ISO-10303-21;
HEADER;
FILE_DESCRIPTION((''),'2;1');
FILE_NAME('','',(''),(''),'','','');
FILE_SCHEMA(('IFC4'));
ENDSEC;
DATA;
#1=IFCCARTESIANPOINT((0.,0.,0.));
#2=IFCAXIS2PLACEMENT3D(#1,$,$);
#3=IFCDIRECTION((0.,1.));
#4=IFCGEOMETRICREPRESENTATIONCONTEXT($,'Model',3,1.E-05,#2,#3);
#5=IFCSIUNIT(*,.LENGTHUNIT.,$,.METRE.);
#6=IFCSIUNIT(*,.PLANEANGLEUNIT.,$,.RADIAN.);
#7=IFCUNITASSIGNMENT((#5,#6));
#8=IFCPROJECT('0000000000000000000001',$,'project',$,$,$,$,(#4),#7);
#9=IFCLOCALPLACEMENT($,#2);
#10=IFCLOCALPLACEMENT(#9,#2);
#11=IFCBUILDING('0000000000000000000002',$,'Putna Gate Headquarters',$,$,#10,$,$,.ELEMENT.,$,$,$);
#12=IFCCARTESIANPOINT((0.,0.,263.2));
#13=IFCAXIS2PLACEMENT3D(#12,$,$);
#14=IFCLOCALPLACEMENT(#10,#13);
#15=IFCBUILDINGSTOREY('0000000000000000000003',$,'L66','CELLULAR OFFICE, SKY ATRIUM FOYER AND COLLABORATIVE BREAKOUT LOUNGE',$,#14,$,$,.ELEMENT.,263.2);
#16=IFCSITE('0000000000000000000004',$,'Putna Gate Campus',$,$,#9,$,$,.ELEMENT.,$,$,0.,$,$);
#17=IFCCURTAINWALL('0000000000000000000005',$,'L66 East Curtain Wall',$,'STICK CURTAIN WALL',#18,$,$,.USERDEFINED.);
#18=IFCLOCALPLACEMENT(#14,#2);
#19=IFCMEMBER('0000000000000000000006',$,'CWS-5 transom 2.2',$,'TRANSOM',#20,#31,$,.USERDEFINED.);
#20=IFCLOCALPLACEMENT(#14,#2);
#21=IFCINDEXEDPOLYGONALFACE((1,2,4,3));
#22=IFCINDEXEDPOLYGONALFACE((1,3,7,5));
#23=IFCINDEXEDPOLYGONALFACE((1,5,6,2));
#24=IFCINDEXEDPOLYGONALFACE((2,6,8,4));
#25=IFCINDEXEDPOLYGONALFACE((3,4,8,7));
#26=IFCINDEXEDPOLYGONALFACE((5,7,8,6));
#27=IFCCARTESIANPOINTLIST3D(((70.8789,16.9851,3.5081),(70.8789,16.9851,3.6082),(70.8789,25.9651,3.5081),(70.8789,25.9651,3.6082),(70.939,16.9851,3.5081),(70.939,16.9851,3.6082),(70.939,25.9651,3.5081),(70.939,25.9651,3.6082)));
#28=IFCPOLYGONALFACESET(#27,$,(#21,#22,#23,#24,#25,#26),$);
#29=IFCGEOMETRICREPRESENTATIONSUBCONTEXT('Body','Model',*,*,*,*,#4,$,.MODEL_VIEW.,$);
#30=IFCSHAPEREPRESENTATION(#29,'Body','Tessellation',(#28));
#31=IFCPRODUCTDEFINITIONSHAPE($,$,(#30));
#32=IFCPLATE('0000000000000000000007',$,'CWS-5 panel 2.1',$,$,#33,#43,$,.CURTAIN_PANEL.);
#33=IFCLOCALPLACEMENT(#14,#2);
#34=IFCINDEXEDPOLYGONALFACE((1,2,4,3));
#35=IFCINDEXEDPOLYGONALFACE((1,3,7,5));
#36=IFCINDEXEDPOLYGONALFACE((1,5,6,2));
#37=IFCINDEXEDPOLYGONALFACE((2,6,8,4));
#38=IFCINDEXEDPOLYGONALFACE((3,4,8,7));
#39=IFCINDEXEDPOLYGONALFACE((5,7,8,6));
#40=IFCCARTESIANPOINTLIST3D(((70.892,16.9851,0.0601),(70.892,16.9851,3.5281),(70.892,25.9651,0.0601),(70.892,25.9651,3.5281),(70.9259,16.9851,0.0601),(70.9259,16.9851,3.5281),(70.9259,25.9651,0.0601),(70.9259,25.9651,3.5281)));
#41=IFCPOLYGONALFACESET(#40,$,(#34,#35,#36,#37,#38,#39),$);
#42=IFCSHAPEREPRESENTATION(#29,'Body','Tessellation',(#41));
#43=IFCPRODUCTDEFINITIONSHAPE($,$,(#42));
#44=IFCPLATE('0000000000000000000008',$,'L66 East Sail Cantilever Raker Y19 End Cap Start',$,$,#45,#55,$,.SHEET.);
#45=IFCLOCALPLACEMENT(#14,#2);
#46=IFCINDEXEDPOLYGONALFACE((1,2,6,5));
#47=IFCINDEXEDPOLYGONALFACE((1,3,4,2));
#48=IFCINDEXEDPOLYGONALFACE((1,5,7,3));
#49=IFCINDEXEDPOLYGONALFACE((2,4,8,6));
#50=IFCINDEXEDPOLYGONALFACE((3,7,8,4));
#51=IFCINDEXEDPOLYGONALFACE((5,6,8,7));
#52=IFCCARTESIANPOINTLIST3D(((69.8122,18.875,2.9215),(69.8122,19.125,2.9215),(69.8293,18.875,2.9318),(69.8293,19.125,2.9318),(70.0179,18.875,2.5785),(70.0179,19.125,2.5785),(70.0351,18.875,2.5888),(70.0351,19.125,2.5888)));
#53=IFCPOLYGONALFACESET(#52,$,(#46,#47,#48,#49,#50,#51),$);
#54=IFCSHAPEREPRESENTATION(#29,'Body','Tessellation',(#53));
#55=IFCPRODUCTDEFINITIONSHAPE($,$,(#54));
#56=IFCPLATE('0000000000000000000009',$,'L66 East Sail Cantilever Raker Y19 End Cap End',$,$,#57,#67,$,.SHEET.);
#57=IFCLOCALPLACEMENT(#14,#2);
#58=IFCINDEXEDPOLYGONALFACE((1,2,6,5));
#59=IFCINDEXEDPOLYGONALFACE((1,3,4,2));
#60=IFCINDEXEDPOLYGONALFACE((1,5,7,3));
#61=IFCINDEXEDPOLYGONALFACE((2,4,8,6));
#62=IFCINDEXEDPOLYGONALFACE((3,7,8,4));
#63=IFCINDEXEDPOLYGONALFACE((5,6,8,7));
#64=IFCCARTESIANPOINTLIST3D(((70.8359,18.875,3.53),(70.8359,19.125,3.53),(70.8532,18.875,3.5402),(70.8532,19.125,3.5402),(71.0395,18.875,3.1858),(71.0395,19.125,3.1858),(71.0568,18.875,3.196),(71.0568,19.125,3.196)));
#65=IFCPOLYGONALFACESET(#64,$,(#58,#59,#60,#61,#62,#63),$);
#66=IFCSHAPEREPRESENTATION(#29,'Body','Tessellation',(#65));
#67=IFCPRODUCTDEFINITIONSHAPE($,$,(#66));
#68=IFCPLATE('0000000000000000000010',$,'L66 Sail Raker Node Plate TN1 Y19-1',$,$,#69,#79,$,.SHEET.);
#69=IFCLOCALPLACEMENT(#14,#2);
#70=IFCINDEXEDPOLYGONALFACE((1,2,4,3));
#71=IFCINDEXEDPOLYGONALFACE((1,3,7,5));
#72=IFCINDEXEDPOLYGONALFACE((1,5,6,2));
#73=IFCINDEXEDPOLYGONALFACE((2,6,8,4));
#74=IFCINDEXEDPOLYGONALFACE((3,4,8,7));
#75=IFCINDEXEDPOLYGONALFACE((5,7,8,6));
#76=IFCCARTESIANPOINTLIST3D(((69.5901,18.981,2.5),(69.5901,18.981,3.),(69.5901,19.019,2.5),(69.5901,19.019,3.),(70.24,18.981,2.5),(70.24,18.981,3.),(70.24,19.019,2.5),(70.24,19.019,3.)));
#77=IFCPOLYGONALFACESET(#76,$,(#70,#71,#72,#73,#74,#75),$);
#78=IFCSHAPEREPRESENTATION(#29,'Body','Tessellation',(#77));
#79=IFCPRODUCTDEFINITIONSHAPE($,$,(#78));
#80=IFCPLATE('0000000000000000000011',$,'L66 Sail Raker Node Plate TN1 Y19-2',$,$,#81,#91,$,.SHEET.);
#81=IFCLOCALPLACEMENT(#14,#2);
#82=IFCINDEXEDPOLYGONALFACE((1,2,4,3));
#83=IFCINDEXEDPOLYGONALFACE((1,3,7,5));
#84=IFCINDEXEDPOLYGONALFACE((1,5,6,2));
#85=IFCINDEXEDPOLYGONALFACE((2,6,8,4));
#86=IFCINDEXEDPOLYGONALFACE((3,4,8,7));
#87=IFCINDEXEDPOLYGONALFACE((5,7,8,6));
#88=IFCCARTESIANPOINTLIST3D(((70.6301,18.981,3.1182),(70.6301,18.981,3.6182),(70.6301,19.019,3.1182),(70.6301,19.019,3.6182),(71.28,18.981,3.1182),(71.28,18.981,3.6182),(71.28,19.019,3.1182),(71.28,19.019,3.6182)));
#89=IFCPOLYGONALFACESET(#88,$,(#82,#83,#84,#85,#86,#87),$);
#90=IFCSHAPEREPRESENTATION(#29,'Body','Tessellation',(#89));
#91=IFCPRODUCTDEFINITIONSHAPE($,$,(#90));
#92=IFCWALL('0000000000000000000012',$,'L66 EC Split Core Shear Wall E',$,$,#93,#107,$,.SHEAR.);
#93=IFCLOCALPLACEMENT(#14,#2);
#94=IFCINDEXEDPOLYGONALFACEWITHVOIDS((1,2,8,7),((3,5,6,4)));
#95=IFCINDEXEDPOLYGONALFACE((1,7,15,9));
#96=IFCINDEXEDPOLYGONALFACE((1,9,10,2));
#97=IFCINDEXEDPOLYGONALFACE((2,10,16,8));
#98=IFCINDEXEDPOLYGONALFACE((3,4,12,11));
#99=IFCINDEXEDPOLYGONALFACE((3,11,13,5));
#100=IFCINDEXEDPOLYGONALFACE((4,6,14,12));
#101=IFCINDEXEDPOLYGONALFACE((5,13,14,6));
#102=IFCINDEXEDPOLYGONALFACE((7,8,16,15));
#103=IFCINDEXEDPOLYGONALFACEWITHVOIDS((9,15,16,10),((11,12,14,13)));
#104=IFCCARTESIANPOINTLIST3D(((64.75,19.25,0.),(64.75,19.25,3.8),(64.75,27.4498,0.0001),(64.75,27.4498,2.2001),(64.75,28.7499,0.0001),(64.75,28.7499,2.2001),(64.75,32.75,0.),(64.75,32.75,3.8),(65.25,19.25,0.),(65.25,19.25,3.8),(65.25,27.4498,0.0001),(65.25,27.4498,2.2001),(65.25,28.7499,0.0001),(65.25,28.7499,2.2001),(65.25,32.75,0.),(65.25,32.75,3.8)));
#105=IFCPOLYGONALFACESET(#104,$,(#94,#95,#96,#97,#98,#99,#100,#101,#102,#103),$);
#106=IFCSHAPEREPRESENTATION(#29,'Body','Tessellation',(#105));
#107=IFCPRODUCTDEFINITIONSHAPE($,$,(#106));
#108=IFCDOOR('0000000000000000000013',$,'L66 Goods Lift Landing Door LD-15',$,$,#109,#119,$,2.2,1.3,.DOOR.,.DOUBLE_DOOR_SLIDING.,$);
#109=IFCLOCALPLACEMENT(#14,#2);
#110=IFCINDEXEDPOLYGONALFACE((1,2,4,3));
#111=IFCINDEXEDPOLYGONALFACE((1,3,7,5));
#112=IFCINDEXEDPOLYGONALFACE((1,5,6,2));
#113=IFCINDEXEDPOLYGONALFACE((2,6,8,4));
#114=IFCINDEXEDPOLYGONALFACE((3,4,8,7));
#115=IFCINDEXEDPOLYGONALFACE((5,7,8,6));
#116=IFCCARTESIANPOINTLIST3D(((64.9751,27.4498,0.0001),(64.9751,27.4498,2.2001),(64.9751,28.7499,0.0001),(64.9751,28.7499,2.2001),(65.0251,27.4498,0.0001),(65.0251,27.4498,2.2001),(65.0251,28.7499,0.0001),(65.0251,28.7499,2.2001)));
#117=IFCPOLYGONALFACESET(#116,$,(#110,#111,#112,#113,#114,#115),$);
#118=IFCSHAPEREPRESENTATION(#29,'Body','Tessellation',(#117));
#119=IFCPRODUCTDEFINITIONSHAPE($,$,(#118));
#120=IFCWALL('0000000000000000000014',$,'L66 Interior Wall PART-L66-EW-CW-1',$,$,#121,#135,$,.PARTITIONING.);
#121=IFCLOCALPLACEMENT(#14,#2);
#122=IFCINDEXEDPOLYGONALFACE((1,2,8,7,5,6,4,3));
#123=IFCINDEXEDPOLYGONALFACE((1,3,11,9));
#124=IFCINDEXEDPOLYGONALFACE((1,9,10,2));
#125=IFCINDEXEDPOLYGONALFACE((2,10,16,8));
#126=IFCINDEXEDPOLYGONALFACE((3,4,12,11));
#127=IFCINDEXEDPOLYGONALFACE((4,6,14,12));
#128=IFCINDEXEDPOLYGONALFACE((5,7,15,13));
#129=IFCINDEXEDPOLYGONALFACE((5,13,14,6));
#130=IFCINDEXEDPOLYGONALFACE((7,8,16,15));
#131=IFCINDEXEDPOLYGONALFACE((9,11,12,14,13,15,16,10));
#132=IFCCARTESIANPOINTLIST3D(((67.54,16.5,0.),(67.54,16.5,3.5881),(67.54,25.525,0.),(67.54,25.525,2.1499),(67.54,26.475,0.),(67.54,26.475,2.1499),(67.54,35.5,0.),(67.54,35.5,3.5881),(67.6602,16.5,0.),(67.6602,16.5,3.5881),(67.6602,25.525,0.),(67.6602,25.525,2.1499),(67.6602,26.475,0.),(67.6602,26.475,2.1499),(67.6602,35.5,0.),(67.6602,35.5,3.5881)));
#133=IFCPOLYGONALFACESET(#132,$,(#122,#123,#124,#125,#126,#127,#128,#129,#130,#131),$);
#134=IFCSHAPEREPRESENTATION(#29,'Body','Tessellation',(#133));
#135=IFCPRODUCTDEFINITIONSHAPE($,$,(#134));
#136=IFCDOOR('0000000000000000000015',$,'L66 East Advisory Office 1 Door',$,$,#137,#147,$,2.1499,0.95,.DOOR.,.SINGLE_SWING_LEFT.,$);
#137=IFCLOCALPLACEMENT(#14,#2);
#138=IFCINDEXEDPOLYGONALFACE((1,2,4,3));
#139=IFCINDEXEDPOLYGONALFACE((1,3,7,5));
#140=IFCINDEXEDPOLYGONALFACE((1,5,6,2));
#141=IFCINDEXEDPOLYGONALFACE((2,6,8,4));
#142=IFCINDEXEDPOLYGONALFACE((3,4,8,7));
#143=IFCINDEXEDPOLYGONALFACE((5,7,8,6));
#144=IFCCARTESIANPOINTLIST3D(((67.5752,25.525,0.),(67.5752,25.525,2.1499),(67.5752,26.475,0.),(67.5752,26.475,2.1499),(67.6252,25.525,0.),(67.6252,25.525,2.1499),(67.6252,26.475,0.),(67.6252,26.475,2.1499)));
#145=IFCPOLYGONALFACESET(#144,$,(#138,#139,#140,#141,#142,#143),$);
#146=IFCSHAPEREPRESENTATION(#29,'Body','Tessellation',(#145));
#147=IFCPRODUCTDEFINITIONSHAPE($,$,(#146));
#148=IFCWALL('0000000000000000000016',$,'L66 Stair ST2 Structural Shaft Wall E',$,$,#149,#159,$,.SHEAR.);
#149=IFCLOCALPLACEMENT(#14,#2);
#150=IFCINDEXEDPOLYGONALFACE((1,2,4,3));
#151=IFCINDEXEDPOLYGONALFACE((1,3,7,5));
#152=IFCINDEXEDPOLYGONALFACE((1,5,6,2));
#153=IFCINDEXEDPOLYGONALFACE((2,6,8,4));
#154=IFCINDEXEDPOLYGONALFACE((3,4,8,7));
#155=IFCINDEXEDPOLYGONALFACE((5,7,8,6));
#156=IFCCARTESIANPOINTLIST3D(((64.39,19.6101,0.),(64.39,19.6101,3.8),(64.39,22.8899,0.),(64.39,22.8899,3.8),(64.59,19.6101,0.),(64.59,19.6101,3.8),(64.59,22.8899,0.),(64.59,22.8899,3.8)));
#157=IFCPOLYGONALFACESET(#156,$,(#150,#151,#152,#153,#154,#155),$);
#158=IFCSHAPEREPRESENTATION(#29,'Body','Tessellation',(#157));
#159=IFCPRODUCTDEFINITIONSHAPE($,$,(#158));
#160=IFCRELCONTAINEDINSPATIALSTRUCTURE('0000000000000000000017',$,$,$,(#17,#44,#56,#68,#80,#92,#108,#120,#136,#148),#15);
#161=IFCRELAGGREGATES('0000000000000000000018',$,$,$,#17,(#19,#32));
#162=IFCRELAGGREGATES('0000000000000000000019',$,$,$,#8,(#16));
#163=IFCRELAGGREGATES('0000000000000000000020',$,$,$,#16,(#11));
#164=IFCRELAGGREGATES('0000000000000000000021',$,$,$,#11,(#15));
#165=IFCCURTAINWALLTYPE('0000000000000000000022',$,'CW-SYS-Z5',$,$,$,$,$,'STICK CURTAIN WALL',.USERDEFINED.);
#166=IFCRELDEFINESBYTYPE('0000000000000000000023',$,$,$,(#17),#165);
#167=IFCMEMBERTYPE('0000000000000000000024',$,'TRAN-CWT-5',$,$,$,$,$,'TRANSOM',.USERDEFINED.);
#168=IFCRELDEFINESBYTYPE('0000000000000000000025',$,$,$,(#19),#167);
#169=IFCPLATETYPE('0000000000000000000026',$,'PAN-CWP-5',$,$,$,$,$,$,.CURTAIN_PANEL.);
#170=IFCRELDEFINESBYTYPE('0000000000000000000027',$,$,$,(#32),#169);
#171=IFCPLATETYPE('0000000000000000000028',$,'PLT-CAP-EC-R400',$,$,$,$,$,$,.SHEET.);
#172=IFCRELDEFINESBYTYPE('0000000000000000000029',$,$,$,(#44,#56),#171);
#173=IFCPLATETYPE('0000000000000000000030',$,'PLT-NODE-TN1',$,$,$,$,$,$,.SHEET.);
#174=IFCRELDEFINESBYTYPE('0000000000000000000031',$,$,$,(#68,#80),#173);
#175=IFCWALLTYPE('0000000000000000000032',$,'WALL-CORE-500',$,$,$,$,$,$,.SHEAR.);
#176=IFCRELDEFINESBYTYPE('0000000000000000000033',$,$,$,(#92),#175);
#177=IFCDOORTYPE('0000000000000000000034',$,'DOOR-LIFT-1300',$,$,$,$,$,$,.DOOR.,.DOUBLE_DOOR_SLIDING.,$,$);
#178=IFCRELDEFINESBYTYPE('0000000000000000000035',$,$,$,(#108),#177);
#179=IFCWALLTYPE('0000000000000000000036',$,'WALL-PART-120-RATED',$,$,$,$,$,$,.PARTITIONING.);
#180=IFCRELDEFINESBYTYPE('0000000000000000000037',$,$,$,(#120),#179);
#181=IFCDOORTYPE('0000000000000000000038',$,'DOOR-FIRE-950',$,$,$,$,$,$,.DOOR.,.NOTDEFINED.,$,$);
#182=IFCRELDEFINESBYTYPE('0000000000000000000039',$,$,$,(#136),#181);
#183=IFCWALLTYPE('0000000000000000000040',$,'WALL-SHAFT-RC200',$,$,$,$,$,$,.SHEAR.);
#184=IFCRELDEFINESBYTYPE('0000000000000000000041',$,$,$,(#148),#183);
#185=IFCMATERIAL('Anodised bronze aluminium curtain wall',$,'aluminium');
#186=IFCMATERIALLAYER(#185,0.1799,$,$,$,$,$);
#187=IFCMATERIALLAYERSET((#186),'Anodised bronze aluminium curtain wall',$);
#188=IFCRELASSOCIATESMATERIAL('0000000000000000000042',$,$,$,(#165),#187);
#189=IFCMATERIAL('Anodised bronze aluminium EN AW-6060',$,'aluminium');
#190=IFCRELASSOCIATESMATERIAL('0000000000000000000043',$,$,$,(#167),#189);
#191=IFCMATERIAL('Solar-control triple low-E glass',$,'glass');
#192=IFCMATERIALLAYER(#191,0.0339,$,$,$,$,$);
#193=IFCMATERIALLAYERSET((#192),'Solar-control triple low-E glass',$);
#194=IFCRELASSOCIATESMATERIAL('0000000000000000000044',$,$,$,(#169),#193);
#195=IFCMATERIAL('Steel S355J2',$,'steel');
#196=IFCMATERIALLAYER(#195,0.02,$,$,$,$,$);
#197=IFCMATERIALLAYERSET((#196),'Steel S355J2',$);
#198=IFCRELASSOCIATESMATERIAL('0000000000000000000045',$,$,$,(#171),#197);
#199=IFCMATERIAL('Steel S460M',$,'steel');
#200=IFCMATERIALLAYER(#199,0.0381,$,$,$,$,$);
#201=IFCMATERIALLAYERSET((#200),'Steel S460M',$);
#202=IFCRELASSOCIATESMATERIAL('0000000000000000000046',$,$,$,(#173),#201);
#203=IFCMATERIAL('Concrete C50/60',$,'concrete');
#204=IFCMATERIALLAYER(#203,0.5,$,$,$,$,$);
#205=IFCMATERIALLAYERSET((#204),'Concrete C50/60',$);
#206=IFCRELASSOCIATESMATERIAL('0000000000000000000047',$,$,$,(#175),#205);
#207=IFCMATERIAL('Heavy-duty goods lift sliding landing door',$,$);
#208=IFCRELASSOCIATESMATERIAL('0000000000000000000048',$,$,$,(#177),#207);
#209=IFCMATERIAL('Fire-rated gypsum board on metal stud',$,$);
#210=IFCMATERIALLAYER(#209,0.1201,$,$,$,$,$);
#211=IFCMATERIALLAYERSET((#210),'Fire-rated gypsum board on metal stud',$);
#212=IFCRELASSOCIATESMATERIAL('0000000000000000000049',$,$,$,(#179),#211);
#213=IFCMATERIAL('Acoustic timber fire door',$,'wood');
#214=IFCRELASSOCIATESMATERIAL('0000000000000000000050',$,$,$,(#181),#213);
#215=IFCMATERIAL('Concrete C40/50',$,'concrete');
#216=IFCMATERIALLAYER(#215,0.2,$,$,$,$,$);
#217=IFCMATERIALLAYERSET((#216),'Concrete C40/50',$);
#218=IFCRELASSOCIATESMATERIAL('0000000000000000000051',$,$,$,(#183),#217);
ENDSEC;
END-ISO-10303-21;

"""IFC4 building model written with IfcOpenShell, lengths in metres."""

from ifc_helpers import new_model, si_unit, direction, frame, frame_2d, origin, origin_2d, place, context, subcontext, project, spatial, rectangle, extrude, material, layer, layer_set, material_profile, profile_set, type_object, element, fill, aggregate, save


model = new_model("IFC4")

# Units and contexts
model_context = context("Model", 3, precision=1e-05, world=origin(), true_north=direction((0.0, 1.0)))
body_context = subcontext(model_context, "Body", "Model", "MODEL_VIEW")
ifc_project = project(units=[si_unit("LENGTHUNIT", "METRE"), si_unit("PLANEANGLEUNIT", "RADIAN")], contexts=[model_context])

# Site, building, storey
site_placement = place(None, origin())
site = spatial("IfcSite", under=ifc_project, at=site_placement, Name="Putna Gate Campus", CompositionType="ELEMENT", RefElevation=0.0)
building_placement = place(site_placement, origin())
building = spatial("IfcBuilding", under=site, at=building_placement, Name="Putna Gate Headquarters", CompositionType="ELEMENT")
storey_placement = place(building_placement, frame((0.0, 0.0, 263.2)))
storey = spatial("IfcBuildingStorey", under=building, at=storey_placement, Name="L66", Description="CELLULAR OFFICE, SKY ATRIUM FOYER AND COLLABORATIVE BREAKOUT LOUNGE", CompositionType="ELEMENT", Elevation=263.2)

# Shared definitions
ifc_material_1 = material(Name="Steel S460M", Category="steel")

# Shared definitions
ifc_material_2 = material(Name="Steel S355J2", Category="steel")

# Curtain wall, member, plate
ifc_material_3 = material(Name="Anodised bronze aluminium curtain wall", Category="aluminium")
ifc_layer_1 = layer(ifc_material_3, 0.1799)
ifc_layer_set_1 = layer_set([ifc_layer_1], Name="Anodised bronze aluminium curtain wall")
curtain_wall_type = type_object("IfcCurtainWallType", Name="CW-SYS-Z5", ElementType="STICK CURTAIN WALL", PredefinedType="USERDEFINED", material=ifc_layer_set_1)
curtain_wall_placement = place(storey_placement, origin())
curtain_wall = element("IfcCurtainWall", 1, at=curtain_wall_placement, inside=storey, type_object=curtain_wall_type, Name="L66 East Curtain Wall", ObjectType="STICK CURTAIN WALL", PredefinedType="USERDEFINED")
ifc_material_4 = material(Name="Anodised bronze aluminium EN AW-6060", Category="aluminium")
ifc_material_profile_1 = material_profile(ifc_material_4, rectangle(XDim=0.0601, YDim=0.1001, at=origin_2d()), Name="Anodised bronze aluminium EN AW-6060")
ifc_profile_set_1 = profile_set([ifc_material_profile_1], Name="Anodised bronze aluminium EN AW-6060")
member_type_1 = type_object("IfcMemberType", Name="TRAN-CWT-5", ElementType="TRANSOM", PredefinedType="USERDEFINED", material=ifc_profile_set_1)
member_1_placement = place(storey_placement, frame((70.9089, 16.9851, 3.5581), z_axis=(0.0, 1.0, 0.0), x_axis=(-1.0, 0.0, 0.0)))
member_1 = element("IfcMember", 2, at=member_1_placement, type_object=member_type_1, Name="CWS-5 transom 2.2", ObjectType="TRANSOM", PredefinedType="USERDEFINED", context=body_context, shape_type="SweptSolid", body=[
    extrude(rectangle(XDim=0.0601, YDim=0.1001, at=origin_2d()), origin(), (0.0, 0.0, 1.0), 8.98),
])
ifc_material_5 = material(Name="Solar-control triple low-E glass", Category="glass")
ifc_layer_2 = layer(ifc_material_5, 0.0339)
ifc_layer_set_2 = layer_set([ifc_layer_2], Name="Solar-control triple low-E glass")
plate_type_1 = type_object("IfcPlateType", Name="PAN-CWP-5", PredefinedType="CURTAIN_PANEL", material=ifc_layer_set_2)
plate_placement = place(storey_placement, frame((70.9089, 21.4751, 0.0601), z_axis=(0.0, 0.0, 1.0), x_axis=(0.0, 1.0, 0.0)))
plate = element("IfcPlate", 3, at=plate_placement, type_object=plate_type_1, Name="CWS-5 panel 2.1", PredefinedType="CURTAIN_PANEL", context=body_context, shape_type="SweptSolid", body=[
    extrude(rectangle(XDim=8.98, YDim=0.0339, at=origin_2d()), origin(), (0.0, 0.0, 1.0), 3.468),
])
aggregate(curtain_wall, [member_1, plate])

# Plates
ifc_layer_3 = layer(ifc_material_2, 0.02)
ifc_layer_set_3 = layer_set([ifc_layer_3], Name="Steel S355J2")
plate_type_2 = type_object("IfcPlateType", Name="PLT-CAP-EC-R400", PredefinedType="SHEET", material=ifc_layer_set_3)
for number, where, z_axis, x_axis, name in (
    (4, (69.915, 19.0, 2.75), (0.857493, 0.0, 0.514496), (0.0, 1.0, 0.0), "L66 East Sail Cantilever Raker Y19 End Cap Start"),
    (5, (70.9377, 19.0, 3.3579), (0.860685, 0.0, 0.509138), (0.0, 1.0, 0.0), "L66 East Sail Cantilever Raker Y19 End Cap End"),
):
    element("IfcPlate", number, at=place(storey_placement, frame(where, z_axis=z_axis, x_axis=x_axis)), inside=storey, type_object=plate_type_2, Name=name, PredefinedType="SHEET", context=body_context, shape_type="SweptSolid", body=[
        extrude(rectangle(XDim=0.25, YDim=0.3999, at=origin_2d()), origin(), (0.0, 0.0, 1.0), 0.02),
    ])
ifc_layer_4 = layer(ifc_material_1, 0.0381)
ifc_layer_set_4 = layer_set([ifc_layer_4], Name="Steel S460M")
plate_type_3 = type_object("IfcPlateType", Name="PLT-NODE-TN1", PredefinedType="SHEET", material=ifc_layer_set_4)
for number, where, z_axis, x_axis, name in (
    (6, (69.915, 19.0, 2.5), (0.0, 0.0, 1.0), (1.0, 0.0, 0.0), "L66 Sail Raker Node Plate TN1 Y19-1"),
    (7, (70.9551, 19.0, 3.1182), (0.0, 0.0, 1.0), (1.0, 0.0, 0.0), "L66 Sail Raker Node Plate TN1 Y19-2"),
):
    element("IfcPlate", number, at=place(storey_placement, frame(where, z_axis=z_axis, x_axis=x_axis)), inside=storey, type_object=plate_type_3, Name=name, PredefinedType="SHEET", context=body_context, shape_type="SweptSolid", body=[
        extrude(rectangle(XDim=0.6499, YDim=0.0381, at=origin_2d()), origin(), (0.0, 0.0, 1.0), 0.5),
    ])

# Walls, openings, doors
ifc_material_6 = material(Name="Concrete C50/60", Category="concrete")
ifc_layer_5 = layer(ifc_material_6, 0.5)
ifc_layer_set_5 = layer_set([ifc_layer_5], Name="Concrete C50/60")
wall_type_1 = type_object("IfcWallType", Name="WALL-CORE-500", PredefinedType="SHEAR", material=ifc_layer_set_5)
wall_1_placement = place(storey_placement, frame((65.0, 19.25, 0.0), z_axis=(0.0, 0.0, 1.0), x_axis=(0.0, 1.0, 0.0)))
wall_1 = element("IfcWall", 8, at=wall_1_placement, inside=storey, type_object=wall_type_1, Name="L66 EC Split Core Shear Wall E", PredefinedType="SHEAR", context=body_context, shape_type="SweptSolid", body=[
    extrude(rectangle(XDim=13.5, YDim=0.5, at=frame_2d((6.75, 0.0))), origin(), (0.0, 0.0, 1.0), 3.8),
])
opening_1_placement = place(wall_1_placement, frame((8.2, 0.0, 0.0)))
opening_1 = element("IfcOpeningElement", 9, at=opening_1_placement, cuts=wall_1, PredefinedType="OPENING", context=body_context, shape_type="SweptSolid", body=[
    extrude(rectangle(XDim=1.3, YDim=2.2, at=frame_2d((0.6499, 1.1001))), frame((0.0, 0.26, 0.0), z_axis=(0.0, -1.0, 0.0), x_axis=(1.0, 0.0, 0.0)), (0.0, 0.0, 1.0), 0.52),
])
ifc_material_7 = material(Name="Heavy-duty goods lift sliding landing door")
door_type_1 = type_object("IfcDoorType", Name="DOOR-LIFT-1300", OperationType="DOUBLE_DOOR_SLIDING", PredefinedType="DOOR", material=ifc_material_7)
door_1_placement = place(opening_1_placement, origin())
door_1 = element("IfcDoor", 10, at=door_1_placement, inside=storey, type_object=door_type_1, Name="L66 Goods Lift Landing Door LD-15", OperationType="DOUBLE_DOOR_SLIDING", OverallHeight=2.2, OverallWidth=1.3, PredefinedType="DOOR", context=body_context, shape_type="SweptSolid", body=[
    extrude(rectangle(XDim=1.3, YDim=2.2, at=frame_2d((0.6499, 1.1001))), frame((0.0, 0.0249, 0.0), z_axis=(0.0, -1.0, 0.0), x_axis=(1.0, 0.0, 0.0)), (0.0, 0.0, 1.0), 0.05),
])
fill(opening_1, door_1)
ifc_material_8 = material(Name="Fire-rated gypsum board on metal stud")
ifc_layer_6 = layer(ifc_material_8, 0.1201)
ifc_layer_set_6 = layer_set([ifc_layer_6], Name="Fire-rated gypsum board on metal stud")
wall_type_2 = type_object("IfcWallType", Name="WALL-PART-120-RATED", PredefinedType="PARTITIONING", material=ifc_layer_set_6)
wall_2_placement = place(storey_placement, frame((67.6001, 16.5, 0.0), z_axis=(0.0, 0.0, 1.0), x_axis=(0.0, 1.0, 0.0)))
wall_2 = element("IfcWall", 11, at=wall_2_placement, inside=storey, type_object=wall_type_2, Name="L66 Interior Wall PART-L66-EW-CW-1", PredefinedType="PARTITIONING", context=body_context, shape_type="SweptSolid", body=[
    extrude(rectangle(XDim=19.0, YDim=0.1201, at=frame_2d((9.5, 0.0))), origin(), (0.0, 0.0, 1.0), 3.5881),
])
opening_2_placement = place(wall_2_placement, frame((9.0249, 0.0, 0.0)))
opening_2 = element("IfcOpeningElement", 12, at=opening_2_placement, cuts=wall_2, PredefinedType="OPENING", context=body_context, shape_type="SweptSolid", body=[
    extrude(rectangle(XDim=0.95, YDim=2.1499, at=frame_2d((0.4751, 1.075))), frame((0.0, 0.0701, 0.0), z_axis=(0.0, -1.0, 0.0), x_axis=(1.0, 0.0, 0.0)), (0.0, 0.0, 1.0), 0.1401),
])
ifc_material_9 = material(Name="Acoustic timber fire door", Category="wood")
door_type_2 = type_object("IfcDoorType", Name="DOOR-FIRE-950", OperationType="NOTDEFINED", PredefinedType="DOOR", material=ifc_material_9)
door_2_placement = place(opening_2_placement, origin())
door_2 = element("IfcDoor", 13, at=door_2_placement, inside=storey, type_object=door_type_2, Name="L66 East Advisory Office 1 Door", OperationType="SINGLE_SWING_LEFT", OverallHeight=2.1499, OverallWidth=0.95, PredefinedType="DOOR", context=body_context, shape_type="SweptSolid", body=[
    extrude(rectangle(XDim=0.95, YDim=2.1499, at=frame_2d((0.4751, 1.075))), frame((0.0, 0.0249, 0.0), z_axis=(0.0, -1.0, 0.0), x_axis=(1.0, 0.0, 0.0)), (0.0, 0.0, 1.0), 0.05),
])
fill(opening_2, door_2)

# Wall
ifc_material_10 = material(Name="Concrete C40/50", Category="concrete")
ifc_layer_7 = layer(ifc_material_10, 0.2)
ifc_layer_set_7 = layer_set([ifc_layer_7], Name="Concrete C40/50")
wall_type_3 = type_object("IfcWallType", Name="WALL-SHAFT-RC200", PredefinedType="SHEAR", material=ifc_layer_set_7)
wall_3_placement = place(storey_placement, frame((64.49, 19.6101, 0.0), z_axis=(0.0, 0.0, 1.0), x_axis=(0.0, 1.0, 0.0)))
element("IfcWall", 14, at=wall_3_placement, inside=storey, type_object=wall_type_3, Name="L66 Stair ST2 Structural Shaft Wall E", PredefinedType="SHEAR", context=body_context, shape_type="SweptSolid", body=[
    extrude(rectangle(XDim=3.2798, YDim=0.2, at=frame_2d((1.6399, 0.0))), origin(), (0.0, 0.0, 1.0), 3.8),
])

save(model, "model.ifc")
